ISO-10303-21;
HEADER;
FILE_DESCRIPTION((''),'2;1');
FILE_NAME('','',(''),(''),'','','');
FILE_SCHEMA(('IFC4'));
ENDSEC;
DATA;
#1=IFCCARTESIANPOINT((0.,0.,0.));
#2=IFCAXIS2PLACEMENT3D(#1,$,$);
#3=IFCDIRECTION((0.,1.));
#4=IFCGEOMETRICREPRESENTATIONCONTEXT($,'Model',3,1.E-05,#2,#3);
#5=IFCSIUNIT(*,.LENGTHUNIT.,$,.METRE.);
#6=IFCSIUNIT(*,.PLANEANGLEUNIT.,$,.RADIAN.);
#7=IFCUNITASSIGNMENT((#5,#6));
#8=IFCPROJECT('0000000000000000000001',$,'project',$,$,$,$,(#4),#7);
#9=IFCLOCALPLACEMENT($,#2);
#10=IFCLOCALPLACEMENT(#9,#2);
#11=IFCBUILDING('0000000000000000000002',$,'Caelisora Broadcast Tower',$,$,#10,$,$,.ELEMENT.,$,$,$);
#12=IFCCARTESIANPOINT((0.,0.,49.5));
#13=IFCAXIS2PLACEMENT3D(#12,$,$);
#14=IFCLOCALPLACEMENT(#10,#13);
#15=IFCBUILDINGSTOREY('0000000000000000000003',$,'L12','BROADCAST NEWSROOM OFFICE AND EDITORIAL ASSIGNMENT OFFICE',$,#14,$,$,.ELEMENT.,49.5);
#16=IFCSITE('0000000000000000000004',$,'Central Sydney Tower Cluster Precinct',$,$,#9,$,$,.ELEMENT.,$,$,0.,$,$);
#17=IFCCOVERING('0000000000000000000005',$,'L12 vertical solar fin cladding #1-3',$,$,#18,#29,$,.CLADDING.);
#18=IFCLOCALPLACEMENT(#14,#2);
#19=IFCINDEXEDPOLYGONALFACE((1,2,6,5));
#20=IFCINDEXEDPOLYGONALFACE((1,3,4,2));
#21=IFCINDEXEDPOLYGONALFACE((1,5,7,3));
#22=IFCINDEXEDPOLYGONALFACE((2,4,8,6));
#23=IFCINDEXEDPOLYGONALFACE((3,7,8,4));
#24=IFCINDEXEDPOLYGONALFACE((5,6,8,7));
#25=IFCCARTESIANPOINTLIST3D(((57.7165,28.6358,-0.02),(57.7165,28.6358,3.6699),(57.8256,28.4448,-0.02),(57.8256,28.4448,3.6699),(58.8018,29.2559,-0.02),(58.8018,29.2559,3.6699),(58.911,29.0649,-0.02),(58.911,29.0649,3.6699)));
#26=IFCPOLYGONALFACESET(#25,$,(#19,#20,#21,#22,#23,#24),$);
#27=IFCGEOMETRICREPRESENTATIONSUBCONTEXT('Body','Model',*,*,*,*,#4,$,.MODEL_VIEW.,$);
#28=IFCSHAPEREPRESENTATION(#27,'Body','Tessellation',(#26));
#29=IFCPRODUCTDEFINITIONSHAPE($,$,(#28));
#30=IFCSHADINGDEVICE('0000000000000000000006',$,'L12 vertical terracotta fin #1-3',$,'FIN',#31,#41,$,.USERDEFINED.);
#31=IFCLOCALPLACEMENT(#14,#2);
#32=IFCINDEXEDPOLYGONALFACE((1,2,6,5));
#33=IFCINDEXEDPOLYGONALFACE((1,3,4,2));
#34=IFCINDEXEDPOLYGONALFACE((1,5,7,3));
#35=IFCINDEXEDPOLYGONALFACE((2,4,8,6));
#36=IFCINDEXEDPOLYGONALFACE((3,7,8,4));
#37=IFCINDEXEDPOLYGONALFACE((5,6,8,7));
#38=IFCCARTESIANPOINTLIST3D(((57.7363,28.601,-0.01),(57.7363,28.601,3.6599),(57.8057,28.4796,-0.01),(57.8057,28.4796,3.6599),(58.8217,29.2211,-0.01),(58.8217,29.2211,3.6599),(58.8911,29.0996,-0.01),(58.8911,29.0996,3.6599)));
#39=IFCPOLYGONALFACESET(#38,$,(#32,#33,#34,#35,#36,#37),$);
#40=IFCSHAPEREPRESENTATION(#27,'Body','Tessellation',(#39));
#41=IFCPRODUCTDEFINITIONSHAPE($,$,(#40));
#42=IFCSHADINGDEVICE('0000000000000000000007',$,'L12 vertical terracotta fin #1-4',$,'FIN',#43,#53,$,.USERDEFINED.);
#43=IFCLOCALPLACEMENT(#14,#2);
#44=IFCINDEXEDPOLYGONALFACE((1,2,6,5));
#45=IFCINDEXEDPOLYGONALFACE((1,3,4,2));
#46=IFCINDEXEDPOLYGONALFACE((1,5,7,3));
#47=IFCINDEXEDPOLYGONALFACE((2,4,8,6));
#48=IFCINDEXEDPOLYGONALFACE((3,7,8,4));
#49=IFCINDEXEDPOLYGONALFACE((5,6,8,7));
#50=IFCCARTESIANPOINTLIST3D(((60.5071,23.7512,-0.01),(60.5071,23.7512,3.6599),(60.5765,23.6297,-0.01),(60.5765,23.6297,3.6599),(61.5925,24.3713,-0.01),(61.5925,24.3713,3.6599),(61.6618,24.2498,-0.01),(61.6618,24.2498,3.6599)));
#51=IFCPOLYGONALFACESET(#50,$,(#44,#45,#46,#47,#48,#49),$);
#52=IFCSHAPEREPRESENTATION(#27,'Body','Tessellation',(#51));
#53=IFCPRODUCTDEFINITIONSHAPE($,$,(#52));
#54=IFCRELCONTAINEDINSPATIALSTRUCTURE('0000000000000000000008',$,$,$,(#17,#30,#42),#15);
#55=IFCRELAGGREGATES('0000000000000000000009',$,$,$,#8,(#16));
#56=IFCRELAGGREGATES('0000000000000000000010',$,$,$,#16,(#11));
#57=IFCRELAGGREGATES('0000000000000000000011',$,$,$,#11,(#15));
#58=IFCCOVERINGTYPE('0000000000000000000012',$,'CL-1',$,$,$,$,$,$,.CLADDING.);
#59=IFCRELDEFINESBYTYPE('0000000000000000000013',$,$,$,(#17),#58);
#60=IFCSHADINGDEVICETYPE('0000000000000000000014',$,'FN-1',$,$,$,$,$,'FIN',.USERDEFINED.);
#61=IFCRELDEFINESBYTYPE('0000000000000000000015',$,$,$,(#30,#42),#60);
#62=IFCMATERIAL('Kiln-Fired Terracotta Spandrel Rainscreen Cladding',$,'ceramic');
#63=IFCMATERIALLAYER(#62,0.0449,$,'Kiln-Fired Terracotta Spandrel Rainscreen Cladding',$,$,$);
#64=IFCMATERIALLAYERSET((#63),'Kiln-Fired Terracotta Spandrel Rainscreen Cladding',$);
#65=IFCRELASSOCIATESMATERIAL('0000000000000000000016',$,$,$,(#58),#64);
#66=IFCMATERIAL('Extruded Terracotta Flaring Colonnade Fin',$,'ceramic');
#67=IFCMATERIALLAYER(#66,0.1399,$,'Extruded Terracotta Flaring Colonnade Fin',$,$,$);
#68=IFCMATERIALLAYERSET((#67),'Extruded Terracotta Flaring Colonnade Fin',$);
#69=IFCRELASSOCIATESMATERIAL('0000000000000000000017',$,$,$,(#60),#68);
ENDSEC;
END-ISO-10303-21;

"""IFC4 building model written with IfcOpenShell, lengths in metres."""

from ifc_helpers import new_model, si_unit, direction, frame, origin, origin_2d, place, context, subcontext, project, spatial, rectangle, extrude, source, transform, mapped, material, layer, layer_set, type_object, type_shapes, element, save


model = new_model("IFC4")

# Units and contexts
model_context = context("Model", 3, precision=1e-05, world=origin(), true_north=direction((0.0, 1.0)))
body_context = subcontext(model_context, "Body", "Model", "MODEL_VIEW")
ifc_project = project(units=[si_unit("LENGTHUNIT", "METRE"), si_unit("PLANEANGLEUNIT", "RADIAN")], contexts=[model_context])

# Site, building, storey
site_placement = place(None, origin())
site = spatial("IfcSite", under=ifc_project, at=site_placement, Name="Central Sydney Tower Cluster Precinct", CompositionType="ELEMENT", RefElevation=0.0)
building_placement = place(site_placement, origin())
building = spatial("IfcBuilding", under=site, at=building_placement, Name="Caelisora Broadcast Tower", CompositionType="ELEMENT")
storey_placement = place(building_placement, frame((0.0, 0.0, 49.5)))
storey = spatial("IfcBuildingStorey", under=building, at=storey_placement, Name="L12", Description="BROADCAST NEWSROOM OFFICE AND EDITORIAL ASSIGNMENT OFFICE", CompositionType="ELEMENT", Elevation=49.5)

# Covering
ifc_material_1 = material(Name="Kiln-Fired Terracotta Spandrel Rainscreen Cladding", Category="ceramic")
ifc_layer_1 = layer(ifc_material_1, 0.0449, Name="Kiln-Fired Terracotta Spandrel Rainscreen Cladding")
ifc_layer_set_1 = layer_set([ifc_layer_1], Name="Kiln-Fired Terracotta Spandrel Rainscreen Cladding")
covering_type = type_object("IfcCoveringType", Name="CL-1", PredefinedType="CLADDING", material=ifc_layer_set_1)
shared_shape_1 = source(origin(), body_context, "Body", "SweptSolid", [
    extrude(rectangle(XDim=0.22, YDim=1.25, at=origin_2d()), origin(), (0.0, 0.0, 1.0), 3.6899),
])
type_shapes(covering_type, [shared_shape_1])
covering_placement = place(storey_placement, frame((58.3137, 28.8503, -0.02), z_axis=(0.0, 0.0, 1.0), x_axis=(0.496065, -0.868285, 0.0)))
element("IfcCovering", 1, at=covering_placement, inside=storey, type_object=covering_type, Name="L12 vertical solar fin cladding #1-3", PredefinedType="CLADDING", context=body_context, shape_type="MappedRepresentation", body=[
    mapped(shared_shape_1, transform((0.0, 0.0, 0.0), scale=1.0)),
])

# Shading devices
ifc_material_2 = material(Name="Extruded Terracotta Flaring Colonnade Fin", Category="ceramic")
ifc_layer_2 = layer(ifc_material_2, 0.1399, Name="Extruded Terracotta Flaring Colonnade Fin")
ifc_layer_set_2 = layer_set([ifc_layer_2], Name="Extruded Terracotta Flaring Colonnade Fin")
shading_device_type = type_object("IfcShadingDeviceType", Name="FN-1", ElementType="FIN", PredefinedType="USERDEFINED", material=ifc_layer_set_2)
shared_shape_2 = source(origin(), body_context, "Body", "SweptSolid", [
    extrude(rectangle(XDim=0.1399, YDim=1.25, at=origin_2d()), origin(), (0.0, 0.0, 1.0), 3.6699),
])
type_shapes(shading_device_type, [shared_shape_2])
for number, where, z_axis, x_axis, name in (
    (2, (58.3137, 28.8503, -0.01), (0.0, 0.0, 1.0), (0.496065, -0.868285, 0.0), "L12 vertical terracotta fin #1-3"),
    (3, (61.0845, 24.0005, -0.01), (0.0, 0.0, 1.0), (0.496065, -0.868285, 0.0), "L12 vertical terracotta fin #1-4"),
):
    element("IfcShadingDevice", number, at=place(storey_placement, frame(where, z_axis=z_axis, x_axis=x_axis)), inside=storey, type_object=shading_device_type, Name=name, ObjectType="FIN", PredefinedType="USERDEFINED", context=body_context, shape_type="MappedRepresentation", body=[
        mapped(shared_shape_2, transform((0.0, 0.0, 0.0), scale=1.0)),
    ])

save(model, "model.ifc")
